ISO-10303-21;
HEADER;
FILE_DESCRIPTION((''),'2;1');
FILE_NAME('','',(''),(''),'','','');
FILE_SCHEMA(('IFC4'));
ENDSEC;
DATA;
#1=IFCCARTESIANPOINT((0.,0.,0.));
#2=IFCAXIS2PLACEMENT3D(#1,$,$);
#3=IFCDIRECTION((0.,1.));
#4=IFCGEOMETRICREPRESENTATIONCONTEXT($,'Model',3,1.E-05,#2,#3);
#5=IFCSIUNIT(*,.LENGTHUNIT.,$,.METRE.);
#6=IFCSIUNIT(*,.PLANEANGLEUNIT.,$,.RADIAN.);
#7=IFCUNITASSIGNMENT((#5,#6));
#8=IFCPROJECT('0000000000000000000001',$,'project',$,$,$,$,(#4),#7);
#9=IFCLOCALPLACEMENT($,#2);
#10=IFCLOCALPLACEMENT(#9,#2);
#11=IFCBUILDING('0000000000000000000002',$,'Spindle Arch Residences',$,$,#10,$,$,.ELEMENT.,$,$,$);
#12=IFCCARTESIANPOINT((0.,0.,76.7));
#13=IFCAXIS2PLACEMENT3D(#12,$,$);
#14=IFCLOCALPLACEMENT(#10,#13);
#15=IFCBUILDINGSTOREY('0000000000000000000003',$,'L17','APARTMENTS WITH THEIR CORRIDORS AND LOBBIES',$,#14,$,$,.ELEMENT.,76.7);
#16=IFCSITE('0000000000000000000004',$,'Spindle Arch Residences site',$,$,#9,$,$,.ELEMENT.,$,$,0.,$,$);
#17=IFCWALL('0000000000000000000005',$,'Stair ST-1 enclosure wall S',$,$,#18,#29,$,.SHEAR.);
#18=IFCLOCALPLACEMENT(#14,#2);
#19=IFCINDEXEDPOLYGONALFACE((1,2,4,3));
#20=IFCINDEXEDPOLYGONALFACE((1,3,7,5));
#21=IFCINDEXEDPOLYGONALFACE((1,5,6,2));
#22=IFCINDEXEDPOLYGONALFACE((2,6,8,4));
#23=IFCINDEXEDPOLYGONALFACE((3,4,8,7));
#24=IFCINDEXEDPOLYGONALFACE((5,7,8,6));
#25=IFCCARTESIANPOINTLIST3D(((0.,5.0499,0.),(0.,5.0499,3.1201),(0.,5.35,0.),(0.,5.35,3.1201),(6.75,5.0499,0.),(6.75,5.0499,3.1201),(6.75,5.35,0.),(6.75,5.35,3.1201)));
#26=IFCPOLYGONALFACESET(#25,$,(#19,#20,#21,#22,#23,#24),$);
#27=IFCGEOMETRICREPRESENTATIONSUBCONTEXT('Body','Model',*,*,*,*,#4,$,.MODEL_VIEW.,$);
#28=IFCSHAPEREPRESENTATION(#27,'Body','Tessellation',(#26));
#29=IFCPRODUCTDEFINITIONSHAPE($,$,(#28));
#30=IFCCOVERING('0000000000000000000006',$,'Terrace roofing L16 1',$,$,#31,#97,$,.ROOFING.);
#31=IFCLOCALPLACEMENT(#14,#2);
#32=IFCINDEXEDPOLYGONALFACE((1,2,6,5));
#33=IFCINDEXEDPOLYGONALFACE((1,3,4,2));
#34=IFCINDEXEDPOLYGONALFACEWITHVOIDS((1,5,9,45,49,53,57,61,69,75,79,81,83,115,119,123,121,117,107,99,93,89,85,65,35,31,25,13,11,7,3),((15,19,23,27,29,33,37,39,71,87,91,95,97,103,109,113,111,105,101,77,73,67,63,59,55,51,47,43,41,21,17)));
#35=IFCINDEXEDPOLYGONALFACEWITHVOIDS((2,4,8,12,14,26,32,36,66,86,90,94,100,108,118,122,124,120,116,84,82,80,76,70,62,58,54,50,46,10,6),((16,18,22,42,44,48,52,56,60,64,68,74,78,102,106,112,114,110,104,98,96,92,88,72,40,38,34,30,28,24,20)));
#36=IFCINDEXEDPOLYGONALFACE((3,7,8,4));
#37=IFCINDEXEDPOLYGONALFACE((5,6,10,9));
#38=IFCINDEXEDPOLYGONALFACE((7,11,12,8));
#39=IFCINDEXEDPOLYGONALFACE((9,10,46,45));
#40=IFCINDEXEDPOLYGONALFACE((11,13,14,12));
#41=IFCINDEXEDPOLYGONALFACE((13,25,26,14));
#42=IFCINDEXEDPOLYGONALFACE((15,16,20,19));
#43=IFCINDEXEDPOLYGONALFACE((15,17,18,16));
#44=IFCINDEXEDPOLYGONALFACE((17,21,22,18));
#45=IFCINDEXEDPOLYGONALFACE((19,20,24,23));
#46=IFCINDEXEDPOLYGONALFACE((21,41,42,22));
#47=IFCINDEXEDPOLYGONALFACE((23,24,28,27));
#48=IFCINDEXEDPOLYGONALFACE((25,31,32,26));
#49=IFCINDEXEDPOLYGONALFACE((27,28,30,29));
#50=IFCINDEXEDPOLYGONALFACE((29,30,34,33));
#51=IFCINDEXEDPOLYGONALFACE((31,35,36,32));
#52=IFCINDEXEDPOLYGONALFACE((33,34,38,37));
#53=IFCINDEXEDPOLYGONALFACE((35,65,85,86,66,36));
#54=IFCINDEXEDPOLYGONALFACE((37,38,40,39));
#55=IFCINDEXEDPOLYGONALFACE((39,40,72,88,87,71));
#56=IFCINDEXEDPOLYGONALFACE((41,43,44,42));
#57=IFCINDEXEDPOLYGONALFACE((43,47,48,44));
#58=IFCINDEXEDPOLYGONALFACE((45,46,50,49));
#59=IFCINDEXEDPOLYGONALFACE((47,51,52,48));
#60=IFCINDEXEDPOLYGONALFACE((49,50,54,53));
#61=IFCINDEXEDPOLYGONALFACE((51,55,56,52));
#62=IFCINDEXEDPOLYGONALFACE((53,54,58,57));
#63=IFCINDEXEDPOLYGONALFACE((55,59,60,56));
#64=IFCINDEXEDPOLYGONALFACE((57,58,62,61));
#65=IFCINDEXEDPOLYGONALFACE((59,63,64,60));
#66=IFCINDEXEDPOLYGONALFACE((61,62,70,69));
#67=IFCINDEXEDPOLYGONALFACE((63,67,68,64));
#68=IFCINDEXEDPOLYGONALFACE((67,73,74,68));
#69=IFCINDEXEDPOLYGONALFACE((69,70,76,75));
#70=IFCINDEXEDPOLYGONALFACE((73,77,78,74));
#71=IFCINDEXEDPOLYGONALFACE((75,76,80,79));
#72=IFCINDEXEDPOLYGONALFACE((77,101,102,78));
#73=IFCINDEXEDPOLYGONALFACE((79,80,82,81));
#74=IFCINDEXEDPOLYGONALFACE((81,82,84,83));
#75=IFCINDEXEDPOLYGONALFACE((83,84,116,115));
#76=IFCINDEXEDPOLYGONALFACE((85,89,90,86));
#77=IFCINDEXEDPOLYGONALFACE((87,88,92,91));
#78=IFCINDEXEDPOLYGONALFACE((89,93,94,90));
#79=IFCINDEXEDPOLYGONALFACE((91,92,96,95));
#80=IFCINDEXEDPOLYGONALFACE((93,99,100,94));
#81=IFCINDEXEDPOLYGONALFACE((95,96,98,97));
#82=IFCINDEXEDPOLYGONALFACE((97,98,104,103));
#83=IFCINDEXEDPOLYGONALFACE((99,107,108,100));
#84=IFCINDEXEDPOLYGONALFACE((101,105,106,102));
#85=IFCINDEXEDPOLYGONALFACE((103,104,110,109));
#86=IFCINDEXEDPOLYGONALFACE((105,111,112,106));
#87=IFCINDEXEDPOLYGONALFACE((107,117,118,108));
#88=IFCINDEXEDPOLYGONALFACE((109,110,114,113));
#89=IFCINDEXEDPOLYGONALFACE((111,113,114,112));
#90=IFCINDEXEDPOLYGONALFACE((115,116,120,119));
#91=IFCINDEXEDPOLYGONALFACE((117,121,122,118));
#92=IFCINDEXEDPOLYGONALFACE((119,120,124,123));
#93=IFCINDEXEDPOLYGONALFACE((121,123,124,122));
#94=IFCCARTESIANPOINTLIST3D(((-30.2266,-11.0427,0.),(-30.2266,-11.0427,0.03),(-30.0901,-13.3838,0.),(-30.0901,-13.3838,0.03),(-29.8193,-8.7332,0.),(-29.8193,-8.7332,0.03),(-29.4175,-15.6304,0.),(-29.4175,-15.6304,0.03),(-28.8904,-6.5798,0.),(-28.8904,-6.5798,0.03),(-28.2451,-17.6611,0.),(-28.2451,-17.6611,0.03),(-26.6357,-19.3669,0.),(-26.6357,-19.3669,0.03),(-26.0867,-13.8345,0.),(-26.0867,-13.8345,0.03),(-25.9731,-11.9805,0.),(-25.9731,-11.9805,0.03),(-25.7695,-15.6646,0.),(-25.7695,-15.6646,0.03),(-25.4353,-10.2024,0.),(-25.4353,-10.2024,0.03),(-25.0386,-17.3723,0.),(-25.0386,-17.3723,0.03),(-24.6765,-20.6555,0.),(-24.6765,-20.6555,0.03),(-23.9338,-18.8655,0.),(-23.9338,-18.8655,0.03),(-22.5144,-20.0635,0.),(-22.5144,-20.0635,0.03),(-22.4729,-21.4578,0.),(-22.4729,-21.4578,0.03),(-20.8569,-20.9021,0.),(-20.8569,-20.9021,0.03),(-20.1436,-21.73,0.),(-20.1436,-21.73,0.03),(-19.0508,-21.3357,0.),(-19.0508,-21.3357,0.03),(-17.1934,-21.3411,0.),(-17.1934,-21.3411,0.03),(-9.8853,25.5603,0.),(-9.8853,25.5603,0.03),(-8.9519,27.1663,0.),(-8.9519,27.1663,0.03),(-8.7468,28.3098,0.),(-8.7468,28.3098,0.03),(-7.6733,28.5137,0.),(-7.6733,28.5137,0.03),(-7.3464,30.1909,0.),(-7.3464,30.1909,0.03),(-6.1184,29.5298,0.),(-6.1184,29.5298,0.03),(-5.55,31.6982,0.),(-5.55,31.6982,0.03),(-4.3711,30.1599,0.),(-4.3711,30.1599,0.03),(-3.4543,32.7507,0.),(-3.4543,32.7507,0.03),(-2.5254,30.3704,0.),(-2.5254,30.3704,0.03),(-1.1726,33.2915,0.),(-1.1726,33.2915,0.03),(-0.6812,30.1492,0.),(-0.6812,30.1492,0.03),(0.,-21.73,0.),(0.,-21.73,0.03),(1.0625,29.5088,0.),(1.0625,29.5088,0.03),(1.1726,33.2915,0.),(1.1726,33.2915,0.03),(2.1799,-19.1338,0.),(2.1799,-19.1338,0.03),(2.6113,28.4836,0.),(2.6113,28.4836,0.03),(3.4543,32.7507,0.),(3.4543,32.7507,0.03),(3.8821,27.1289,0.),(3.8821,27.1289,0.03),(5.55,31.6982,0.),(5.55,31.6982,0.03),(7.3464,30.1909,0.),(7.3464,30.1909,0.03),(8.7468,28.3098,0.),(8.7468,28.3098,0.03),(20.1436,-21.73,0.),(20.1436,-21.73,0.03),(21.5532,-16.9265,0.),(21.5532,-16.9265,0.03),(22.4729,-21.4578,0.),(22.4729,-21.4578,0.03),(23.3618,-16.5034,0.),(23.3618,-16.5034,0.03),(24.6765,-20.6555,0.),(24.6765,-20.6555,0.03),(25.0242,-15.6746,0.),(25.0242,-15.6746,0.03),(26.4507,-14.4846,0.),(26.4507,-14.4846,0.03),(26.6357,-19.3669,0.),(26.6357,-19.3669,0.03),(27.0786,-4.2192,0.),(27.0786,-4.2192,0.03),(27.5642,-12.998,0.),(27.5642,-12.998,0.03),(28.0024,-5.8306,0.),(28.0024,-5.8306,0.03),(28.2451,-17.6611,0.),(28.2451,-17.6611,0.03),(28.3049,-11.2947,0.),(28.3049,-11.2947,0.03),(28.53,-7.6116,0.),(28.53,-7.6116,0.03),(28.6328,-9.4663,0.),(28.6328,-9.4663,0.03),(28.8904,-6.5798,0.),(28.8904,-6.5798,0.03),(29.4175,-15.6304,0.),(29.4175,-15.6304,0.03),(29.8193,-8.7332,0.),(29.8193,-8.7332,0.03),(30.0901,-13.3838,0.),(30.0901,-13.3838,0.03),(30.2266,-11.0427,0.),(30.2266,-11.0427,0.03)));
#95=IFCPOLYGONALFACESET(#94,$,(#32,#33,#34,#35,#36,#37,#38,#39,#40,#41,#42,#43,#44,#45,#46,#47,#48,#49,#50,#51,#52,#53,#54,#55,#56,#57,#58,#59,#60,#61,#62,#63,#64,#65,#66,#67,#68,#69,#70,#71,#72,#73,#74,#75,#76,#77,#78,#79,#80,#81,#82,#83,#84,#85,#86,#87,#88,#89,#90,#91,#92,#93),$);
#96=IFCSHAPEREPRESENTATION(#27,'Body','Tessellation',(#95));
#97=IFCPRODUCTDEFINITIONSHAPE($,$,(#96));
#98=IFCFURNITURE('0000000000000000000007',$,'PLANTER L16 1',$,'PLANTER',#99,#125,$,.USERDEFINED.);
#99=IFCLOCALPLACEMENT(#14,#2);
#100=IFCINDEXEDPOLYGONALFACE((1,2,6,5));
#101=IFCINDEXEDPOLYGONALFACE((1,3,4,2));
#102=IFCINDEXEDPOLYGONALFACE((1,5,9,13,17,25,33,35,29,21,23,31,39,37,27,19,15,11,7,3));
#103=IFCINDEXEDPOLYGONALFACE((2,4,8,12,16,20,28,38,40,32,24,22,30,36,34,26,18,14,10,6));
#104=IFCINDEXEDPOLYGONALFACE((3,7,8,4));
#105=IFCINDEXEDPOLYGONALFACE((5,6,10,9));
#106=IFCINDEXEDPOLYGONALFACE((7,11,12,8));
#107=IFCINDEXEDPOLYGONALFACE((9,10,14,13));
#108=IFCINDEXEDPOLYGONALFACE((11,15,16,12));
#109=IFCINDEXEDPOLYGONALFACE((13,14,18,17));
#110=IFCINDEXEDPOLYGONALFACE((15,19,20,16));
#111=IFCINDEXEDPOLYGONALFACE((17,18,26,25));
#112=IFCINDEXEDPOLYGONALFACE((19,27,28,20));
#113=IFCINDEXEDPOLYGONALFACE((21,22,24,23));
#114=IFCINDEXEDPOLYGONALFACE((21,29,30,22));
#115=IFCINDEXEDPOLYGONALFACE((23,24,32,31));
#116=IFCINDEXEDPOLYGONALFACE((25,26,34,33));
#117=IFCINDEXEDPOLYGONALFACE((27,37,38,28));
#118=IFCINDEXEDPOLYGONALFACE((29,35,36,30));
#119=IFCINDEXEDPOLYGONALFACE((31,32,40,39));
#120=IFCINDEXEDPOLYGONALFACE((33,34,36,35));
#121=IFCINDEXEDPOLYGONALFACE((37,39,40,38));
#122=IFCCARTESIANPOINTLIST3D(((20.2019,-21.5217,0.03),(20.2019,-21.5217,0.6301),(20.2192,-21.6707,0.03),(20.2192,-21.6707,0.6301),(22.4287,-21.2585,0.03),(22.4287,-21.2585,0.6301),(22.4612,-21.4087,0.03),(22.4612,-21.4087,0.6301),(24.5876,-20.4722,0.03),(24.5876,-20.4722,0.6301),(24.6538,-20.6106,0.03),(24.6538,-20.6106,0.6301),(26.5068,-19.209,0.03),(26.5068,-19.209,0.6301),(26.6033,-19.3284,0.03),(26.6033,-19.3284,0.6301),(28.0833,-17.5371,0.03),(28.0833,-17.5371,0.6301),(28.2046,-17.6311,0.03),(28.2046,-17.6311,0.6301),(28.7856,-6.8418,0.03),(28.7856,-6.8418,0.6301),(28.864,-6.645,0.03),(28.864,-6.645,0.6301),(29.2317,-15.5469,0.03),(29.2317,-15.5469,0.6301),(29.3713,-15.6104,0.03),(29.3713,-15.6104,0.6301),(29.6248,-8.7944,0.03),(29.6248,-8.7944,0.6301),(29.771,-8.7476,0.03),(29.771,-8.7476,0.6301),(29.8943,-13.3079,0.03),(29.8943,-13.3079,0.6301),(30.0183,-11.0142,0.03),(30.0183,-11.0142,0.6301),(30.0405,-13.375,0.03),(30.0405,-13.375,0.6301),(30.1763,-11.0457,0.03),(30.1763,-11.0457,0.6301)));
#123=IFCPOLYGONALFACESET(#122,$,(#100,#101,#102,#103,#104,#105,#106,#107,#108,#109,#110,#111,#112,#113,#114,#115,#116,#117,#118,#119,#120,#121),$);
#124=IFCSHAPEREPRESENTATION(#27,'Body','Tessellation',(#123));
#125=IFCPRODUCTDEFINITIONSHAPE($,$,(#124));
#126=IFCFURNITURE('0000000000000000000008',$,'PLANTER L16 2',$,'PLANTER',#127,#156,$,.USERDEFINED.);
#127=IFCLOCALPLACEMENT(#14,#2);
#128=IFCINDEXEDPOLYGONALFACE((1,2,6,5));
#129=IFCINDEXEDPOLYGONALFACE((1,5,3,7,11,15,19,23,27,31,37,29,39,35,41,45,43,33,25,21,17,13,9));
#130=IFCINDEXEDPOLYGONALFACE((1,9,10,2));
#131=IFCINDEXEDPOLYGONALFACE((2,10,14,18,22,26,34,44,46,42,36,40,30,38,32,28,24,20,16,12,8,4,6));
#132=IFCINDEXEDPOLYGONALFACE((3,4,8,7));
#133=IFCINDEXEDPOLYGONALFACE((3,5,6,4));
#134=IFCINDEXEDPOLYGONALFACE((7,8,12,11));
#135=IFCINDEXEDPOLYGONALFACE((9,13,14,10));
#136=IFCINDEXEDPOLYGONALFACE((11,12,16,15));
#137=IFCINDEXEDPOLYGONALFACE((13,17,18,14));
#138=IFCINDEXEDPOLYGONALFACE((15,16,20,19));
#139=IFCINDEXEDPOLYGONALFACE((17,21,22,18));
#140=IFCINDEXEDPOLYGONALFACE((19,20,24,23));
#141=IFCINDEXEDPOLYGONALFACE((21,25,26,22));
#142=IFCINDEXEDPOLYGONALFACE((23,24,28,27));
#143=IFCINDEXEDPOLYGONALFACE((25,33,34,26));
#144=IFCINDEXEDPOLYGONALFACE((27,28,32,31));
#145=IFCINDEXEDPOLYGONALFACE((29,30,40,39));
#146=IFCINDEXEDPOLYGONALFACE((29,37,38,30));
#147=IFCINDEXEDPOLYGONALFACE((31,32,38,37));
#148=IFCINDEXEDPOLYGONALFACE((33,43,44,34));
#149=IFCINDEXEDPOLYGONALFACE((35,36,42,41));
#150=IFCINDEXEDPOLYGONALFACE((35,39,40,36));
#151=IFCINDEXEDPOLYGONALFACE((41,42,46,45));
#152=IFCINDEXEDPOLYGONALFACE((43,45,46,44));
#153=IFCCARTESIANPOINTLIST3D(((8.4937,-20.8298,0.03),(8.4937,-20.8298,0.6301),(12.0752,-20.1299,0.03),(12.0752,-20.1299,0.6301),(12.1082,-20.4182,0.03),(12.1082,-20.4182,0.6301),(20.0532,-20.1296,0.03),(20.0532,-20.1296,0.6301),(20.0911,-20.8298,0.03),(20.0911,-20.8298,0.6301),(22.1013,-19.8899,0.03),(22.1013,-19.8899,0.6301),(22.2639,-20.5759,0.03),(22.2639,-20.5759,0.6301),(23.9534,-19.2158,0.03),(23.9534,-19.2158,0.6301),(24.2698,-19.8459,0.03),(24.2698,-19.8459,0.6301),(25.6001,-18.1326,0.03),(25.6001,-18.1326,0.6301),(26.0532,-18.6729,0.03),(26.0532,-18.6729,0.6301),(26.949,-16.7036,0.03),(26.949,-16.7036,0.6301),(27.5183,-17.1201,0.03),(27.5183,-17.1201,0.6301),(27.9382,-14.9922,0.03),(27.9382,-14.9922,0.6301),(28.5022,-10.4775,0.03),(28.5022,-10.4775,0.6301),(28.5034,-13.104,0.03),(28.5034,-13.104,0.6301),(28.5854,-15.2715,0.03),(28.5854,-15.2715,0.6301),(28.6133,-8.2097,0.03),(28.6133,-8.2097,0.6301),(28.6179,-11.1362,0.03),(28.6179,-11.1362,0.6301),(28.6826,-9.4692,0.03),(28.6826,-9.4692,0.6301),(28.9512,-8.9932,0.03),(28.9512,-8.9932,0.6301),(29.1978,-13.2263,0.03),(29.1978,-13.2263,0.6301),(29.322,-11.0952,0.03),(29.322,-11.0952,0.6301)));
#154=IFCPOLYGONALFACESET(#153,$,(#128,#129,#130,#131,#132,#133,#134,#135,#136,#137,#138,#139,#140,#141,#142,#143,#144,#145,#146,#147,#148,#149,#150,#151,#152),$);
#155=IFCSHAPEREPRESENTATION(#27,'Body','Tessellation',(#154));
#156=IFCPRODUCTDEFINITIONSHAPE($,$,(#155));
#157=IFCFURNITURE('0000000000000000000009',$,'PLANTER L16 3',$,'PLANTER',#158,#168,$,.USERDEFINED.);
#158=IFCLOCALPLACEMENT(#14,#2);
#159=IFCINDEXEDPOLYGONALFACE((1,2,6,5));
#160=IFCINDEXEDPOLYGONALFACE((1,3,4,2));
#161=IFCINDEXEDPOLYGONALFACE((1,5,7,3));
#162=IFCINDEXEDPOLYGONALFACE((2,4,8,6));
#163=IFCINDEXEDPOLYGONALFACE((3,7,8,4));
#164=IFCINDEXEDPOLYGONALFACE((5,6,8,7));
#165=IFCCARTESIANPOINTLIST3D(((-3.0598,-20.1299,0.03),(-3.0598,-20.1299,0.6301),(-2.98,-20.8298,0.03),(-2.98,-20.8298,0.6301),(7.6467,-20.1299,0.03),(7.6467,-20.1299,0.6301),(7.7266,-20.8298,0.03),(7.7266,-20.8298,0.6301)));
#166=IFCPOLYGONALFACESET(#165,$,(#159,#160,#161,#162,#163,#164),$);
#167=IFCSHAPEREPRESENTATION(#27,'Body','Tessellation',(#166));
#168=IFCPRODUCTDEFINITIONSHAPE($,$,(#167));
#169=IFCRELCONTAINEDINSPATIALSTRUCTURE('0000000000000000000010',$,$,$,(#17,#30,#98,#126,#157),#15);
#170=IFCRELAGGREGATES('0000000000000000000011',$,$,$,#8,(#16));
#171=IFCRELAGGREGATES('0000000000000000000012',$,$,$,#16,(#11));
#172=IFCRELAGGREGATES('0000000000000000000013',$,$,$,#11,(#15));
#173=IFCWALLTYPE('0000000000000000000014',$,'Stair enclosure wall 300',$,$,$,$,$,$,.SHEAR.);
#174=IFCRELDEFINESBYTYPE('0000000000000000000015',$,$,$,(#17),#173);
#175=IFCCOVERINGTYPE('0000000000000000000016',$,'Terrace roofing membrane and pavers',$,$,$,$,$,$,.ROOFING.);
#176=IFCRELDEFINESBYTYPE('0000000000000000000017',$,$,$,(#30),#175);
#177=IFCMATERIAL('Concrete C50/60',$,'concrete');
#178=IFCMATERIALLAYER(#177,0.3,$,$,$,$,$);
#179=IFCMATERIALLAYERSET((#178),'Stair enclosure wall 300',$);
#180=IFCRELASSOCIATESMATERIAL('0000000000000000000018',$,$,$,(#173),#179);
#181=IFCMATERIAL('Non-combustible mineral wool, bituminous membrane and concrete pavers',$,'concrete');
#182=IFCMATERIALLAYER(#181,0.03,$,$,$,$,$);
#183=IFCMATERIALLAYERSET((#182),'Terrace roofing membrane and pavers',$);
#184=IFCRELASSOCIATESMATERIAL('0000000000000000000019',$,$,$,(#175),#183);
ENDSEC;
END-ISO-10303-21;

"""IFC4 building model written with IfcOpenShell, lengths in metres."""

from ifc_helpers import new_model, si_unit, direction, frame, frame_2d, origin, place, context, subcontext, project, spatial, polyline, rectangle, outline, extrude, material, layer, layer_set, type_object, element, save


model = new_model("IFC4")

# Units and contexts
model_context = context("Model", 3, precision=1e-05, world=origin(), true_north=direction((0.0, 1.0)))
body_context = subcontext(model_context, "Body", "Model", "MODEL_VIEW")
ifc_project = project(units=[si_unit("LENGTHUNIT", "METRE"), si_unit("PLANEANGLEUNIT", "RADIAN")], contexts=[model_context])

# Site, building, storey
site_placement = place(None, origin())
site = spatial("IfcSite", under=ifc_project, at=site_placement, Name="Spindle Arch Residences site", CompositionType="ELEMENT", RefElevation=0.0)
building_placement = place(site_placement, origin())
building = spatial("IfcBuilding", under=site, at=building_placement, Name="Spindle Arch Residences", CompositionType="ELEMENT")
storey_placement = place(building_placement, frame((0.0, 0.0, 76.7)))
storey = spatial("IfcBuildingStorey", under=building, at=storey_placement, Name="L17", Description="APARTMENTS WITH THEIR CORRIDORS AND LOBBIES", CompositionType="ELEMENT", Elevation=76.7)

# Wall
ifc_material_1 = material(Name="Concrete C50/60", Category="concrete")
ifc_layer_1 = layer(ifc_material_1, 0.3)
ifc_layer_set_1 = layer_set([ifc_layer_1], Name="Stair enclosure wall 300")
wall_type_1 = type_object("IfcWallType", Name="Stair enclosure wall 300", PredefinedType="SHEAR", material=ifc_layer_set_1)
wall_1_placement = place(storey_placement, frame((0.0, 5.2, 0.0), z_axis=(0.0, 0.0, 1.0), x_axis=(1.0, 0.0, 0.0)))
element("IfcWall", 1, at=wall_1_placement, inside=storey, type_object=wall_type_1, Name="Stair ST-1 enclosure wall S", PredefinedType="SHEAR", context=body_context, shape_type="SweptSolid", body=[
    extrude(rectangle(XDim=6.75, YDim=0.3, at=frame_2d((3.375, 0.0))), origin(), (0.0, 0.0, 1.0), 3.1201),
])

# Covering
ifc_material_2 = material(Name="Non-combustible mineral wool, bituminous membrane and concrete pavers", Category="concrete")
ifc_layer_2 = layer(ifc_material_2, 0.03)
ifc_layer_set_2 = layer_set([ifc_layer_2], Name="Terrace roofing membrane and pavers")
covering_type = type_object("IfcCoveringType", Name="Terrace roofing membrane and pavers", PredefinedType="ROOFING", material=ifc_layer_set_2)
covering_placement = place(storey_placement, origin())
element("IfcCovering", 2, at=covering_placement, inside=storey, type_object=covering_type, Name="Terrace roofing L16 1", PredefinedType="ROOFING", context=body_context, shape_type="SweptSolid", body=[
    extrude(outline(polyline([(-20.1436, -21.73), (-22.4729, -21.4578), (-24.6765, -20.6555), (-26.6357, -19.3669), (-28.2451, -17.6611), (-29.4175, -15.6304), (-30.0901, -13.3838), (-30.2266, -11.0427), (-29.8193, -8.7332), (-28.8904, -6.5798), (-8.7468, 28.3098), (-7.3464, 30.1909), (-5.55, 31.6982), (-3.4543, 32.7507), (-1.1726, 33.2915), (1.1726, 33.2915), (3.4543, 32.7507), (5.55, 31.6982), (7.3464, 30.1909), (8.7468, 28.3098), (28.8904, -6.5798), (29.8193, -8.7332), (30.2266, -11.0427), (30.0901, -13.3838), (29.4175, -15.6304), (28.2451, -17.6611), (26.6357, -19.3669), (24.6765, -20.6555), (22.4729, -21.4578), (20.1436, -21.73), (0.0, -21.73), (-20.1436, -21.73)]), holes=[polyline([(21.5532, -16.9265), (23.3618, -16.5034), (25.0242, -15.6746), (26.4507, -14.4846), (27.5642, -12.998), (28.3049, -11.2947), (28.6328, -9.4663), (28.53, -7.6116), (28.0024, -5.8306), (27.0786, -4.2192), (3.8821, 27.1289), (2.6113, 28.4836), (1.0625, 29.5088), (-0.6812, 30.1492), (-2.5254, 30.3704), (-4.3711, 30.1599), (-6.1184, 29.5298), (-7.6733, 28.5137), (-8.9519, 27.1663), (-9.8853, 25.5603), (-25.4353, -10.2024), (-25.9731, -11.9805), (-26.0867, -13.8345), (-25.7695, -15.6646), (-25.0386, -17.3723), (-23.9338, -18.8655), (-22.5144, -20.0635), (-20.8569, -20.9021), (-19.0508, -21.3357), (-17.1934, -21.3411), (2.1799, -19.1338), (21.5532, -16.9265)])]), origin(), (0.0, 0.0, 1.0), 0.03),
])

# Furniture
furniture_1_placement = place(storey_placement, frame((0.0, 0.0, 0.03)))
element("IfcFurniture", 3, at=furniture_1_placement, inside=storey, Name="PLANTER L16 1", ObjectType="PLANTER", PredefinedType="USERDEFINED", context=body_context, shape_type="SweptSolid", body=[
    extrude(outline(polyline([(29.771, -8.7476), (30.1763, -11.0457), (30.0405, -13.375), (29.3713, -15.6104), (28.2046, -17.6311), (26.6033, -19.3284), (24.6538, -20.6106), (22.4612, -21.4087), (20.2192, -21.6707), (20.2019, -21.5217), (22.4287, -21.2585), (24.5876, -20.4722), (26.5068, -19.209), (28.0833, -17.5371), (29.2317, -15.5469), (29.8943, -13.3079), (30.0183, -11.0142), (29.6248, -8.7944), (28.7856, -6.8418), (28.864, -6.645), (29.771, -8.7476)])), origin(), (0.0, 0.0, 1.0), 0.6001),
])
furniture_2_placement = place(storey_placement, frame((0.0, 0.0, 0.03)))
element("IfcFurniture", 4, at=furniture_2_placement, inside=storey, Name="PLANTER L16 2", ObjectType="PLANTER", PredefinedType="USERDEFINED", context=body_context, shape_type="SweptSolid", body=[
    extrude(outline(polyline([(28.6826, -9.4692), (28.6133, -8.2097), (28.9512, -8.9932), (29.322, -11.0952), (29.1978, -13.2263), (28.5854, -15.2715), (27.5183, -17.1201), (26.0532, -18.6729), (24.2698, -19.8459), (22.2639, -20.5759), (20.0911, -20.8298), (8.4937, -20.8298), (12.1082, -20.4182), (12.0752, -20.1299), (20.0532, -20.1296), (22.1013, -19.8899), (23.9534, -19.2158), (25.6001, -18.1326), (26.949, -16.7036), (27.9382, -14.9922), (28.5034, -13.104), (28.6179, -11.1362), (28.5022, -10.4775), (28.6826, -9.4692)])), origin(), (0.0, 0.0, 1.0), 0.6001),
])
furniture_3_placement = place(storey_placement, frame((0.0, 0.0, 0.03)))
element("IfcFurniture", 5, at=furniture_3_placement, inside=storey, Name="PLANTER L16 3", ObjectType="PLANTER", PredefinedType="USERDEFINED", context=body_context, shape_type="SweptSolid", body=[
    extrude(outline(polyline([(-2.98, -20.8298), (-3.0598, -20.1299), (7.6467, -20.1299), (7.7266, -20.8298), (-2.98, -20.8298)])), origin(), (0.0, 0.0, 1.0), 0.6001),
])

save(model, "model.ifc")
